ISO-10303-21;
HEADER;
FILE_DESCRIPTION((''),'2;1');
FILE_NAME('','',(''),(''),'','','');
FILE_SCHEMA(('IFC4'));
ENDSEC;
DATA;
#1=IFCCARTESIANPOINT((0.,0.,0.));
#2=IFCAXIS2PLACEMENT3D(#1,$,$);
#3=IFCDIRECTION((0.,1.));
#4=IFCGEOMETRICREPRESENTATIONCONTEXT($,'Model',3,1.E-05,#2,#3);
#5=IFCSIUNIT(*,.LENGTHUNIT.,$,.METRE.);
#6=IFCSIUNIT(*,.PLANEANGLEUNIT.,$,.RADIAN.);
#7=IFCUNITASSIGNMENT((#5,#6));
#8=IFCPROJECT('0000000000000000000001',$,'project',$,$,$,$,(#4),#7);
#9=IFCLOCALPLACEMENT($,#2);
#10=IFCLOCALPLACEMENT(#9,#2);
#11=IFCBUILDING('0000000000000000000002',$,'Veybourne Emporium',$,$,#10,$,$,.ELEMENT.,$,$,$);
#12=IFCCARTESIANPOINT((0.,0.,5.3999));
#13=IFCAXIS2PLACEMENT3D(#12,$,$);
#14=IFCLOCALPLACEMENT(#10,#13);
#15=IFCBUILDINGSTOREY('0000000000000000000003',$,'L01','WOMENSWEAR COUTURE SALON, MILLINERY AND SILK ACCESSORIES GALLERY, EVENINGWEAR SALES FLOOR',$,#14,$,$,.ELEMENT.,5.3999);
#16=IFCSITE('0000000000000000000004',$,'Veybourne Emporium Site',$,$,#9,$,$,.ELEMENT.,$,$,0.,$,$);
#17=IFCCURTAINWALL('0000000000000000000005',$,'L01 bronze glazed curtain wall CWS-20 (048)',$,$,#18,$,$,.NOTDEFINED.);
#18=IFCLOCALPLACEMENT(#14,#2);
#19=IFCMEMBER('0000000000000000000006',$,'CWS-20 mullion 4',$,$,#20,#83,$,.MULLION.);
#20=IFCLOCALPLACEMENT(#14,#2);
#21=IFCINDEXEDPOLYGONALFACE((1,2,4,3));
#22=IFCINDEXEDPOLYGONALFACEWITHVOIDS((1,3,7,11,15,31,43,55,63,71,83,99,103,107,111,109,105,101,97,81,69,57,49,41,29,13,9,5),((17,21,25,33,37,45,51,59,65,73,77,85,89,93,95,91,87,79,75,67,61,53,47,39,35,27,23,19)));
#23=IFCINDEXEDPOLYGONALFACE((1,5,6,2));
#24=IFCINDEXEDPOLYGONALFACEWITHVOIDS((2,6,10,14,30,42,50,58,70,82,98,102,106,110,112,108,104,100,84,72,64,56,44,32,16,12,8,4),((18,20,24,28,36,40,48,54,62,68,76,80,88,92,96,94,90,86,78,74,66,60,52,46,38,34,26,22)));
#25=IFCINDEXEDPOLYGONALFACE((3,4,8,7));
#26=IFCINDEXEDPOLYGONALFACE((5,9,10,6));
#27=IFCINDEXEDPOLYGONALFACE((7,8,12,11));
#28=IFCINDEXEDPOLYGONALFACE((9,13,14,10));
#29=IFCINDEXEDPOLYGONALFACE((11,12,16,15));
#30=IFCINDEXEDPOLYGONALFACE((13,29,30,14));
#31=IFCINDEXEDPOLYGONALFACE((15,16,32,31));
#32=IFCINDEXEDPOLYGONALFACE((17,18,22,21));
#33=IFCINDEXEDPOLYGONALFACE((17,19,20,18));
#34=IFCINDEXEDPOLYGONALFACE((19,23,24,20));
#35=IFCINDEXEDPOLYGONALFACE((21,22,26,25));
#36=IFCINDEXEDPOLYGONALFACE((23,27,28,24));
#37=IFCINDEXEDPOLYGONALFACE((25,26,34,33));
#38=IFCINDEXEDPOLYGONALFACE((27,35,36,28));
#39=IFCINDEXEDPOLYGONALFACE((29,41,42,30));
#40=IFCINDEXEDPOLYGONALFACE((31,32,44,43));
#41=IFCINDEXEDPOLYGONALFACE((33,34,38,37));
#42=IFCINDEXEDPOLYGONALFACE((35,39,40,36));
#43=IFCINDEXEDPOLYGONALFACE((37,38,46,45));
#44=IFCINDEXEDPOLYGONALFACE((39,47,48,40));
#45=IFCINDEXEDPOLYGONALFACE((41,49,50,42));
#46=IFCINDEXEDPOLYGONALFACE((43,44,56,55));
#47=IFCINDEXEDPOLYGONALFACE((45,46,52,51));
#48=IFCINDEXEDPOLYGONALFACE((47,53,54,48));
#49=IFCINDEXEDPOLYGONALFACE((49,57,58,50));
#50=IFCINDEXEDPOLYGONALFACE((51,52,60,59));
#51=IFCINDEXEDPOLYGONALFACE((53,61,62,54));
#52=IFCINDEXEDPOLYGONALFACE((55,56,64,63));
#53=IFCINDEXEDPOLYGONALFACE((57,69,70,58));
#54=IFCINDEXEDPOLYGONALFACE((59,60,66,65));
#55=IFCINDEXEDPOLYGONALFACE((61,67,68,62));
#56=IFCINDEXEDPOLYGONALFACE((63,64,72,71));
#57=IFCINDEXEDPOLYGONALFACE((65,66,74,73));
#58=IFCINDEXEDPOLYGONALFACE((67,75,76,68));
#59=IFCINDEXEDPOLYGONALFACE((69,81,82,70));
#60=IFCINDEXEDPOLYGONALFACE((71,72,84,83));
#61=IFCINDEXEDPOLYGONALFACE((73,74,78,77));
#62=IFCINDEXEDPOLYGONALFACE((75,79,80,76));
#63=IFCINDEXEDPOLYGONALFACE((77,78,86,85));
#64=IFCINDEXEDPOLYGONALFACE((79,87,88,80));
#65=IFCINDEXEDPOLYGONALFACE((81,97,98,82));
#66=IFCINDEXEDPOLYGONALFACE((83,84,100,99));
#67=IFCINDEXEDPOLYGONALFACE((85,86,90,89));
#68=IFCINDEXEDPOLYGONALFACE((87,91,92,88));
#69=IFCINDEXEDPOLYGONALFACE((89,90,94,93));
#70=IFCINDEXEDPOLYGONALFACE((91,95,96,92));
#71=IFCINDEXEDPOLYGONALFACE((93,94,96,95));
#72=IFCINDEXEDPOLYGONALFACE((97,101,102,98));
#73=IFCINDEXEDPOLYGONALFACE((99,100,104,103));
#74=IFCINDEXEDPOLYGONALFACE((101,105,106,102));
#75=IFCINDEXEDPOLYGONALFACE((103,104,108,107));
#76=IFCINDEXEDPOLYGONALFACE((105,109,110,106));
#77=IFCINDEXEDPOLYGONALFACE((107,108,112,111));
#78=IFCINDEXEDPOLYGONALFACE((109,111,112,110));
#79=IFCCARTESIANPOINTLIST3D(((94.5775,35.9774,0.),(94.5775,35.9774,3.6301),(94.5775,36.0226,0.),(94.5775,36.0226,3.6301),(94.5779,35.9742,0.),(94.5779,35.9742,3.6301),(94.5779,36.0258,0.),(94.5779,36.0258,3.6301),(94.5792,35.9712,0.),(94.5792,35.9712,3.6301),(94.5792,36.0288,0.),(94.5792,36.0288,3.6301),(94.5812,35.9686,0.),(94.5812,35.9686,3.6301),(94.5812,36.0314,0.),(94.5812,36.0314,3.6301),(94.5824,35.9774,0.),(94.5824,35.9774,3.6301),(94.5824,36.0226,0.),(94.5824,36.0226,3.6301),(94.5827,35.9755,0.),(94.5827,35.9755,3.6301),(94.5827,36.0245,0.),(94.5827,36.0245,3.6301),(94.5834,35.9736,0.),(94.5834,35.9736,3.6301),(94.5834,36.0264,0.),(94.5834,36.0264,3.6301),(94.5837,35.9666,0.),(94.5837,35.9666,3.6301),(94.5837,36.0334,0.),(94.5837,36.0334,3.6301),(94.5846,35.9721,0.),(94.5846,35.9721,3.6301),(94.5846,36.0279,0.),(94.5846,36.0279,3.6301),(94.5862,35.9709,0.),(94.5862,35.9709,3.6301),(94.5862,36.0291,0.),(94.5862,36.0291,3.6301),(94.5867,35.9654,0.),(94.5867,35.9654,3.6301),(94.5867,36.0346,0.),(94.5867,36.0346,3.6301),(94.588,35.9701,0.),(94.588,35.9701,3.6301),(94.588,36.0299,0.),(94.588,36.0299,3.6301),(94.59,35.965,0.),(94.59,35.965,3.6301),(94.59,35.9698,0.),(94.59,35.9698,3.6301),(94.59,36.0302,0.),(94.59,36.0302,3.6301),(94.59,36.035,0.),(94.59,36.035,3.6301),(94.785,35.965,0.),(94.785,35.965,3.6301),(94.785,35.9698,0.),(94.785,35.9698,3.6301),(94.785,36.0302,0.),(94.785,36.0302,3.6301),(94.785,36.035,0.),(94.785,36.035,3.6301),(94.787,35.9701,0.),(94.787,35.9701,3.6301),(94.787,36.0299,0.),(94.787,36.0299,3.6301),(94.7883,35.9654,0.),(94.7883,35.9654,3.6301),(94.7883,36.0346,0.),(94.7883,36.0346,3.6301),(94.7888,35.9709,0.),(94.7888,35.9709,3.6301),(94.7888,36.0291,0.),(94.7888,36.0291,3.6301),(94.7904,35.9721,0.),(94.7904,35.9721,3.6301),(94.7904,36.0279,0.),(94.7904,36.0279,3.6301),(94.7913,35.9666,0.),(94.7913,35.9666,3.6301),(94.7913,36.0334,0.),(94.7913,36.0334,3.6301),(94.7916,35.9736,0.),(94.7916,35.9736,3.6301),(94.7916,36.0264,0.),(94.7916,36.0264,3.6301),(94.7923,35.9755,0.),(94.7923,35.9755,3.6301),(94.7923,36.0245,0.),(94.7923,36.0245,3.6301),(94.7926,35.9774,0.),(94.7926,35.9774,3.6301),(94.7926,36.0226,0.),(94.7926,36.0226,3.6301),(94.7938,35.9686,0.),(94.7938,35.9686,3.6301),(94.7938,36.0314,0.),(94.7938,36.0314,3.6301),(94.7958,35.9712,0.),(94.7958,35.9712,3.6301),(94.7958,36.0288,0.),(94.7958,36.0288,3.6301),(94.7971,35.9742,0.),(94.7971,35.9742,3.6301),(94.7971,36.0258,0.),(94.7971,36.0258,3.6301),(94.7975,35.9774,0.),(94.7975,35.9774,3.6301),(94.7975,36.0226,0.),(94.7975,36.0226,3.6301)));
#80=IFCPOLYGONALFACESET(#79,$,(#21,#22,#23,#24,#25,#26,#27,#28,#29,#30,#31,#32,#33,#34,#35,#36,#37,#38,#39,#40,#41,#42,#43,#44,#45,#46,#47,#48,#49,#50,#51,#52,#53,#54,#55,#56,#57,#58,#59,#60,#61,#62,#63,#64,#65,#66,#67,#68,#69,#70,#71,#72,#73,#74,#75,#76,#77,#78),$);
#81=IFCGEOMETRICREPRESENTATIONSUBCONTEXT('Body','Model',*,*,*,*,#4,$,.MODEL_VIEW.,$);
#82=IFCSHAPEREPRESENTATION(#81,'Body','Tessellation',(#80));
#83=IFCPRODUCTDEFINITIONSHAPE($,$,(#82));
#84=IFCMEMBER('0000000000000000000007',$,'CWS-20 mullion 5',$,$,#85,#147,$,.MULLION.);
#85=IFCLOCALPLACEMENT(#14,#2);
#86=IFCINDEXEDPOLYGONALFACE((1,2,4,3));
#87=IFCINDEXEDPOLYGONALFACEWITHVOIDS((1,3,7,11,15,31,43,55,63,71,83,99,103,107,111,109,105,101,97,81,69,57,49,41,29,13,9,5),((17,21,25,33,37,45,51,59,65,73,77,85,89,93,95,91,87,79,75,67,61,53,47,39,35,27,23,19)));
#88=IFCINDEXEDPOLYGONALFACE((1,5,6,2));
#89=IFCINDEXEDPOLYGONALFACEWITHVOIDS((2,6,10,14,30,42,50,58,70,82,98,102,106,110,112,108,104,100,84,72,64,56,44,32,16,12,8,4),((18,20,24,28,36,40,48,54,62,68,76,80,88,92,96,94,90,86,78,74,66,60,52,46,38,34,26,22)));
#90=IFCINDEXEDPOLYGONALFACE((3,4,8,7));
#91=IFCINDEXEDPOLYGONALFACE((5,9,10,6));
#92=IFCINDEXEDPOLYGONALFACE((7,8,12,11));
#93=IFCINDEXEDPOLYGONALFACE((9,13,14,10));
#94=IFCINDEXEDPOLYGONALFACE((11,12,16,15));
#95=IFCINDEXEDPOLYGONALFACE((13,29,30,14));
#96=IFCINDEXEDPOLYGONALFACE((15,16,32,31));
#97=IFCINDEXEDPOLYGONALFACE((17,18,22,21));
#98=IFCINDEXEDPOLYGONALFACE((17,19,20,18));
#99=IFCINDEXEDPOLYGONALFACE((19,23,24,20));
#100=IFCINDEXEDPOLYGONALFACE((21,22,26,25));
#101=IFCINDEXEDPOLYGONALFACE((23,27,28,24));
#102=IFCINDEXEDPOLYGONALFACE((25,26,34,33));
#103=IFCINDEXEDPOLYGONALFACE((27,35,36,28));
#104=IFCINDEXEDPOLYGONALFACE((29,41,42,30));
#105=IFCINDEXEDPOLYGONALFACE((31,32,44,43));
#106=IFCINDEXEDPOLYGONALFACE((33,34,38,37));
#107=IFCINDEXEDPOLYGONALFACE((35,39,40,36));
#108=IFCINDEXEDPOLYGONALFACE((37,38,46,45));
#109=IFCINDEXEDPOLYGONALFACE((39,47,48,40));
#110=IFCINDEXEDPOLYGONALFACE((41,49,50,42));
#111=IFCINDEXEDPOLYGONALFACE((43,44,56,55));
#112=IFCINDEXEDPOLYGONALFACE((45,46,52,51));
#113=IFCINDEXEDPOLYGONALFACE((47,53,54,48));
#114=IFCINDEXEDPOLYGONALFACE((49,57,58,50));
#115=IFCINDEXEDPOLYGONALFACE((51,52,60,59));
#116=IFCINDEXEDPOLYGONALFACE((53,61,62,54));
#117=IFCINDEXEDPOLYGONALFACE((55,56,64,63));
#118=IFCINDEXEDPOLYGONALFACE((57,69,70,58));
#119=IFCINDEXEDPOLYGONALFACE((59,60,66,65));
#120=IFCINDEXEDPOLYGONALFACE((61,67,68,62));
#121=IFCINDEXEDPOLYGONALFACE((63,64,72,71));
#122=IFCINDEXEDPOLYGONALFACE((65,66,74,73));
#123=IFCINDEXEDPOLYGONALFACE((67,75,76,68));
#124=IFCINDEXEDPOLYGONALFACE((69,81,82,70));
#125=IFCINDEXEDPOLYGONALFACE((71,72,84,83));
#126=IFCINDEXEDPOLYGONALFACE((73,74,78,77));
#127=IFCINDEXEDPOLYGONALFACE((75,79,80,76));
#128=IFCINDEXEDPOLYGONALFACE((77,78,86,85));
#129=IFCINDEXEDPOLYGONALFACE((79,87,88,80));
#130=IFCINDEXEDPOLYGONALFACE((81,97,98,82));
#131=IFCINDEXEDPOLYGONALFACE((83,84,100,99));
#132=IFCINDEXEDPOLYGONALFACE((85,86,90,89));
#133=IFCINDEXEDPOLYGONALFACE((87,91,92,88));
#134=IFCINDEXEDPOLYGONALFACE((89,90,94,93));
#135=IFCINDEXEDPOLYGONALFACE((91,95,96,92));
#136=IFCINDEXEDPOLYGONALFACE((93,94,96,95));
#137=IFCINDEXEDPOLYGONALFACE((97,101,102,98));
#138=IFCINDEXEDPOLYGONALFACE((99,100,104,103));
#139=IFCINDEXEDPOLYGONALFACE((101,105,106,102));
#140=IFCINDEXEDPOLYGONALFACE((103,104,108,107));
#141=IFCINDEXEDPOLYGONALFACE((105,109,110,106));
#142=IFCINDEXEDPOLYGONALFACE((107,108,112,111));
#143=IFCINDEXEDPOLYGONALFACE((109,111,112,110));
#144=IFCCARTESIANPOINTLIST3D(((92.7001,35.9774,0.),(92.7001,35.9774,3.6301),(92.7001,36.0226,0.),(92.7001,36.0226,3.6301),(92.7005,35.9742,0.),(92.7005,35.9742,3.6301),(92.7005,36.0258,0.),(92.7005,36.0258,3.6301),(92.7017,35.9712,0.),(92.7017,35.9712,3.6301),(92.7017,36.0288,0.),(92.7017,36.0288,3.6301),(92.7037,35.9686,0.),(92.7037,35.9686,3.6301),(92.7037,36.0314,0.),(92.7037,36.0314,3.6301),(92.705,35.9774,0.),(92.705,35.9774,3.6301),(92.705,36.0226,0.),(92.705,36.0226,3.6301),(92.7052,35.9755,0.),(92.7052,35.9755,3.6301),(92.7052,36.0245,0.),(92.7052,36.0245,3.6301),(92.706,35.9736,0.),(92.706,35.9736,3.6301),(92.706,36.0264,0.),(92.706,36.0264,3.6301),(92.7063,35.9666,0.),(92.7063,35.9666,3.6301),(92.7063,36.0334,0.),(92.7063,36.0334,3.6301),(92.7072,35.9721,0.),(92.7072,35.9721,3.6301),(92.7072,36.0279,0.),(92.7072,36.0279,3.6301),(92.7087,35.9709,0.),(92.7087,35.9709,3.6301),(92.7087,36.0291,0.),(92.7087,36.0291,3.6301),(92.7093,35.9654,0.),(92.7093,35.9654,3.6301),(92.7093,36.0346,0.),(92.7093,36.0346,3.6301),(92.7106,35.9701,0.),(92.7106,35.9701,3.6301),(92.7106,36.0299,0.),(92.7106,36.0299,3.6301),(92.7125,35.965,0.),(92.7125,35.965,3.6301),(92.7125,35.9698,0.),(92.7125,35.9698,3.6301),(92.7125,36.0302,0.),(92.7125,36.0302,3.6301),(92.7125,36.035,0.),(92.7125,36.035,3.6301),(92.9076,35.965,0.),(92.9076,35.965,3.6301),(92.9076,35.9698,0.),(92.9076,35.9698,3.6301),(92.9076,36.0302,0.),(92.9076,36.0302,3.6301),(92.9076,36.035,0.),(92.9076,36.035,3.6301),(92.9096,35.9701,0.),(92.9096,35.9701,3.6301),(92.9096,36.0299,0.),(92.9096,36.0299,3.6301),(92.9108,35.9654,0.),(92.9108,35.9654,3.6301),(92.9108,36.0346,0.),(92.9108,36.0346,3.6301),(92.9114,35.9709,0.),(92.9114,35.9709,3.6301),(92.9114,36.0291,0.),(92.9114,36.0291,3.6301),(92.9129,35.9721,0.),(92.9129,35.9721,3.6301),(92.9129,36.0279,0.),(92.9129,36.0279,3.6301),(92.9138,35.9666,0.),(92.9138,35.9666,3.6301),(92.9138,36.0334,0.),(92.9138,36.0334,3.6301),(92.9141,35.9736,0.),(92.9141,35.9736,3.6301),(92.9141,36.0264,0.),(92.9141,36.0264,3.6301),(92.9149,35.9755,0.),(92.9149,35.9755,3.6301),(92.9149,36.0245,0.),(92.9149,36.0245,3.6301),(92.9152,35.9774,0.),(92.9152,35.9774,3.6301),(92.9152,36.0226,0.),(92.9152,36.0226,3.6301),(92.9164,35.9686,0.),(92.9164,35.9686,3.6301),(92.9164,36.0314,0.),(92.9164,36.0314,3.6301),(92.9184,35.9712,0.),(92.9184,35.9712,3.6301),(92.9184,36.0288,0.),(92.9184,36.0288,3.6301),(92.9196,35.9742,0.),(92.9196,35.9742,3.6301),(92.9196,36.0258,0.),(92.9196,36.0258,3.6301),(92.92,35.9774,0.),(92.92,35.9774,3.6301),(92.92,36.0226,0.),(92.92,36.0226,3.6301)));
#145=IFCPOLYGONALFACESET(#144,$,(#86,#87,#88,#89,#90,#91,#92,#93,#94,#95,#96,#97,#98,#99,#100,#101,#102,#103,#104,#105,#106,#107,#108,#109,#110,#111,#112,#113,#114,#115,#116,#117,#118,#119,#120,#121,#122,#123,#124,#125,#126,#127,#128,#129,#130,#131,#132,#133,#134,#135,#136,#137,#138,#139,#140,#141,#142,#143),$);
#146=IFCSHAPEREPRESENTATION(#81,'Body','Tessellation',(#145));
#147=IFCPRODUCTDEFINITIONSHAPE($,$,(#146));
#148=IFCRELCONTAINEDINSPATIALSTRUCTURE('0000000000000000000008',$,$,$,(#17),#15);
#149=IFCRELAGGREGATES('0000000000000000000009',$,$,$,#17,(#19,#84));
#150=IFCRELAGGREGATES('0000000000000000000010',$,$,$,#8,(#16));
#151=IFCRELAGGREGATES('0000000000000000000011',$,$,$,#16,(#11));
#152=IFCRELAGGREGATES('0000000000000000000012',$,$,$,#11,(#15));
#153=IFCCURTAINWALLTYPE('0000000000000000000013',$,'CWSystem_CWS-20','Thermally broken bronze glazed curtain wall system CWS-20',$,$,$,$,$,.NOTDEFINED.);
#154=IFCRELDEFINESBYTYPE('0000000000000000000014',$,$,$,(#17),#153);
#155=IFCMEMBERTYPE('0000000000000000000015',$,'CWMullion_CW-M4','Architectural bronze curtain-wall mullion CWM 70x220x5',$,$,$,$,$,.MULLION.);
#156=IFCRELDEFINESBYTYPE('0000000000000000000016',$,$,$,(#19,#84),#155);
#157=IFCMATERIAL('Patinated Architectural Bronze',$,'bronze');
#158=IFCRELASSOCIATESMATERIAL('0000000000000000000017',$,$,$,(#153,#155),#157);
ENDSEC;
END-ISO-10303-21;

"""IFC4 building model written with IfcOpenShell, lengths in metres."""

from ifc_helpers import new_model, si_unit, direction, frame, origin, origin_2d, place, context, subcontext, project, spatial, hollow_rectangle, extrude, material, material_profile, profile_set, type_object, element, aggregate, save


model = new_model("IFC4")

# Units and contexts
model_context = context("Model", 3, precision=1e-05, world=origin(), true_north=direction((0.0, 1.0)))
body_context = subcontext(model_context, "Body", "Model", "MODEL_VIEW")
ifc_project = project(units=[si_unit("LENGTHUNIT", "METRE"), si_unit("PLANEANGLEUNIT", "RADIAN")], contexts=[model_context])

# Site, building, storey
site_placement = place(None, origin())
site = spatial("IfcSite", under=ifc_project, at=site_placement, Name="Veybourne Emporium Site", CompositionType="ELEMENT", RefElevation=0.0)
building_placement = place(site_placement, origin())
building = spatial("IfcBuilding", under=site, at=building_placement, Name="Veybourne Emporium", CompositionType="ELEMENT")
storey_placement = place(building_placement, frame((0.0, 0.0, 5.3999)))
storey = spatial("IfcBuildingStorey", under=building, at=storey_placement, Name="L01", Description="WOMENSWEAR COUTURE SALON, MILLINERY AND SILK ACCESSORIES GALLERY, EVENINGWEAR SALES FLOOR", CompositionType="ELEMENT", Elevation=5.3999)

# Curtain wall, members
ifc_material_1 = material(Name="Patinated Architectural Bronze", Category="bronze")
curtain_wall_type = type_object("IfcCurtainWallType", Name="CWSystem_CWS-20", Description="Thermally broken bronze glazed curtain wall system CWS-20", PredefinedType="NOTDEFINED", material=ifc_material_1)
curtain_wall_placement = place(storey_placement, origin())
curtain_wall = element("IfcCurtainWall", 1, at=curtain_wall_placement, inside=storey, type_object=curtain_wall_type, Name="L01 bronze glazed curtain wall CWS-20 (048)", PredefinedType="NOTDEFINED")
ifc_material_profile_1 = material_profile(ifc_material_1, hollow_rectangle(XDim=0.0701, YDim=0.22, WallThickness=0.0049, InnerFilletRadius=0.0076, OuterFilletRadius=0.0125, at=origin_2d()), Name="CWM 70x220x5")
ifc_profile_set_1 = profile_set([ifc_material_profile_1], Name="Patinated Architectural Bronze")
member_type_1 = type_object("IfcMemberType", Name="CWMullion_CW-M4", Description="Architectural bronze curtain-wall mullion CWM 70x220x5", PredefinedType="MULLION", material=ifc_profile_set_1)
member_1_placement = place(storey_placement, frame((94.6875, 36.0, 0.0), z_axis=(0.0, 0.0, 1.0), x_axis=(0.0, -1.0, 0.0)))
member_1 = element("IfcMember", 2, at=member_1_placement, type_object=member_type_1, Name="CWS-20 mullion 4", PredefinedType="MULLION", context=body_context, shape_type="SweptSolid", body=[
    extrude(hollow_rectangle(XDim=0.0701, YDim=0.22, WallThickness=0.0049, InnerFilletRadius=0.0076, OuterFilletRadius=0.0125, at=origin_2d()), origin(), (0.0, 0.0, 1.0), 3.6301),
])
member_2_placement = place(storey_placement, frame((92.8101, 36.0, 0.0), z_axis=(0.0, 0.0, 1.0), x_axis=(0.0, -1.0, 0.0)))
member_2 = element("IfcMember", 3, at=member_2_placement, type_object=member_type_1, Name="CWS-20 mullion 5", PredefinedType="MULLION", context=body_context, shape_type="SweptSolid", body=[
    extrude(hollow_rectangle(XDim=0.0701, YDim=0.22, WallThickness=0.0049, InnerFilletRadius=0.0076, OuterFilletRadius=0.0125, at=origin_2d()), origin(), (0.0, 0.0, 1.0), 3.6301),
])

aggregate(curtain_wall, [member_1, member_2])

save(model, "model.ifc")
